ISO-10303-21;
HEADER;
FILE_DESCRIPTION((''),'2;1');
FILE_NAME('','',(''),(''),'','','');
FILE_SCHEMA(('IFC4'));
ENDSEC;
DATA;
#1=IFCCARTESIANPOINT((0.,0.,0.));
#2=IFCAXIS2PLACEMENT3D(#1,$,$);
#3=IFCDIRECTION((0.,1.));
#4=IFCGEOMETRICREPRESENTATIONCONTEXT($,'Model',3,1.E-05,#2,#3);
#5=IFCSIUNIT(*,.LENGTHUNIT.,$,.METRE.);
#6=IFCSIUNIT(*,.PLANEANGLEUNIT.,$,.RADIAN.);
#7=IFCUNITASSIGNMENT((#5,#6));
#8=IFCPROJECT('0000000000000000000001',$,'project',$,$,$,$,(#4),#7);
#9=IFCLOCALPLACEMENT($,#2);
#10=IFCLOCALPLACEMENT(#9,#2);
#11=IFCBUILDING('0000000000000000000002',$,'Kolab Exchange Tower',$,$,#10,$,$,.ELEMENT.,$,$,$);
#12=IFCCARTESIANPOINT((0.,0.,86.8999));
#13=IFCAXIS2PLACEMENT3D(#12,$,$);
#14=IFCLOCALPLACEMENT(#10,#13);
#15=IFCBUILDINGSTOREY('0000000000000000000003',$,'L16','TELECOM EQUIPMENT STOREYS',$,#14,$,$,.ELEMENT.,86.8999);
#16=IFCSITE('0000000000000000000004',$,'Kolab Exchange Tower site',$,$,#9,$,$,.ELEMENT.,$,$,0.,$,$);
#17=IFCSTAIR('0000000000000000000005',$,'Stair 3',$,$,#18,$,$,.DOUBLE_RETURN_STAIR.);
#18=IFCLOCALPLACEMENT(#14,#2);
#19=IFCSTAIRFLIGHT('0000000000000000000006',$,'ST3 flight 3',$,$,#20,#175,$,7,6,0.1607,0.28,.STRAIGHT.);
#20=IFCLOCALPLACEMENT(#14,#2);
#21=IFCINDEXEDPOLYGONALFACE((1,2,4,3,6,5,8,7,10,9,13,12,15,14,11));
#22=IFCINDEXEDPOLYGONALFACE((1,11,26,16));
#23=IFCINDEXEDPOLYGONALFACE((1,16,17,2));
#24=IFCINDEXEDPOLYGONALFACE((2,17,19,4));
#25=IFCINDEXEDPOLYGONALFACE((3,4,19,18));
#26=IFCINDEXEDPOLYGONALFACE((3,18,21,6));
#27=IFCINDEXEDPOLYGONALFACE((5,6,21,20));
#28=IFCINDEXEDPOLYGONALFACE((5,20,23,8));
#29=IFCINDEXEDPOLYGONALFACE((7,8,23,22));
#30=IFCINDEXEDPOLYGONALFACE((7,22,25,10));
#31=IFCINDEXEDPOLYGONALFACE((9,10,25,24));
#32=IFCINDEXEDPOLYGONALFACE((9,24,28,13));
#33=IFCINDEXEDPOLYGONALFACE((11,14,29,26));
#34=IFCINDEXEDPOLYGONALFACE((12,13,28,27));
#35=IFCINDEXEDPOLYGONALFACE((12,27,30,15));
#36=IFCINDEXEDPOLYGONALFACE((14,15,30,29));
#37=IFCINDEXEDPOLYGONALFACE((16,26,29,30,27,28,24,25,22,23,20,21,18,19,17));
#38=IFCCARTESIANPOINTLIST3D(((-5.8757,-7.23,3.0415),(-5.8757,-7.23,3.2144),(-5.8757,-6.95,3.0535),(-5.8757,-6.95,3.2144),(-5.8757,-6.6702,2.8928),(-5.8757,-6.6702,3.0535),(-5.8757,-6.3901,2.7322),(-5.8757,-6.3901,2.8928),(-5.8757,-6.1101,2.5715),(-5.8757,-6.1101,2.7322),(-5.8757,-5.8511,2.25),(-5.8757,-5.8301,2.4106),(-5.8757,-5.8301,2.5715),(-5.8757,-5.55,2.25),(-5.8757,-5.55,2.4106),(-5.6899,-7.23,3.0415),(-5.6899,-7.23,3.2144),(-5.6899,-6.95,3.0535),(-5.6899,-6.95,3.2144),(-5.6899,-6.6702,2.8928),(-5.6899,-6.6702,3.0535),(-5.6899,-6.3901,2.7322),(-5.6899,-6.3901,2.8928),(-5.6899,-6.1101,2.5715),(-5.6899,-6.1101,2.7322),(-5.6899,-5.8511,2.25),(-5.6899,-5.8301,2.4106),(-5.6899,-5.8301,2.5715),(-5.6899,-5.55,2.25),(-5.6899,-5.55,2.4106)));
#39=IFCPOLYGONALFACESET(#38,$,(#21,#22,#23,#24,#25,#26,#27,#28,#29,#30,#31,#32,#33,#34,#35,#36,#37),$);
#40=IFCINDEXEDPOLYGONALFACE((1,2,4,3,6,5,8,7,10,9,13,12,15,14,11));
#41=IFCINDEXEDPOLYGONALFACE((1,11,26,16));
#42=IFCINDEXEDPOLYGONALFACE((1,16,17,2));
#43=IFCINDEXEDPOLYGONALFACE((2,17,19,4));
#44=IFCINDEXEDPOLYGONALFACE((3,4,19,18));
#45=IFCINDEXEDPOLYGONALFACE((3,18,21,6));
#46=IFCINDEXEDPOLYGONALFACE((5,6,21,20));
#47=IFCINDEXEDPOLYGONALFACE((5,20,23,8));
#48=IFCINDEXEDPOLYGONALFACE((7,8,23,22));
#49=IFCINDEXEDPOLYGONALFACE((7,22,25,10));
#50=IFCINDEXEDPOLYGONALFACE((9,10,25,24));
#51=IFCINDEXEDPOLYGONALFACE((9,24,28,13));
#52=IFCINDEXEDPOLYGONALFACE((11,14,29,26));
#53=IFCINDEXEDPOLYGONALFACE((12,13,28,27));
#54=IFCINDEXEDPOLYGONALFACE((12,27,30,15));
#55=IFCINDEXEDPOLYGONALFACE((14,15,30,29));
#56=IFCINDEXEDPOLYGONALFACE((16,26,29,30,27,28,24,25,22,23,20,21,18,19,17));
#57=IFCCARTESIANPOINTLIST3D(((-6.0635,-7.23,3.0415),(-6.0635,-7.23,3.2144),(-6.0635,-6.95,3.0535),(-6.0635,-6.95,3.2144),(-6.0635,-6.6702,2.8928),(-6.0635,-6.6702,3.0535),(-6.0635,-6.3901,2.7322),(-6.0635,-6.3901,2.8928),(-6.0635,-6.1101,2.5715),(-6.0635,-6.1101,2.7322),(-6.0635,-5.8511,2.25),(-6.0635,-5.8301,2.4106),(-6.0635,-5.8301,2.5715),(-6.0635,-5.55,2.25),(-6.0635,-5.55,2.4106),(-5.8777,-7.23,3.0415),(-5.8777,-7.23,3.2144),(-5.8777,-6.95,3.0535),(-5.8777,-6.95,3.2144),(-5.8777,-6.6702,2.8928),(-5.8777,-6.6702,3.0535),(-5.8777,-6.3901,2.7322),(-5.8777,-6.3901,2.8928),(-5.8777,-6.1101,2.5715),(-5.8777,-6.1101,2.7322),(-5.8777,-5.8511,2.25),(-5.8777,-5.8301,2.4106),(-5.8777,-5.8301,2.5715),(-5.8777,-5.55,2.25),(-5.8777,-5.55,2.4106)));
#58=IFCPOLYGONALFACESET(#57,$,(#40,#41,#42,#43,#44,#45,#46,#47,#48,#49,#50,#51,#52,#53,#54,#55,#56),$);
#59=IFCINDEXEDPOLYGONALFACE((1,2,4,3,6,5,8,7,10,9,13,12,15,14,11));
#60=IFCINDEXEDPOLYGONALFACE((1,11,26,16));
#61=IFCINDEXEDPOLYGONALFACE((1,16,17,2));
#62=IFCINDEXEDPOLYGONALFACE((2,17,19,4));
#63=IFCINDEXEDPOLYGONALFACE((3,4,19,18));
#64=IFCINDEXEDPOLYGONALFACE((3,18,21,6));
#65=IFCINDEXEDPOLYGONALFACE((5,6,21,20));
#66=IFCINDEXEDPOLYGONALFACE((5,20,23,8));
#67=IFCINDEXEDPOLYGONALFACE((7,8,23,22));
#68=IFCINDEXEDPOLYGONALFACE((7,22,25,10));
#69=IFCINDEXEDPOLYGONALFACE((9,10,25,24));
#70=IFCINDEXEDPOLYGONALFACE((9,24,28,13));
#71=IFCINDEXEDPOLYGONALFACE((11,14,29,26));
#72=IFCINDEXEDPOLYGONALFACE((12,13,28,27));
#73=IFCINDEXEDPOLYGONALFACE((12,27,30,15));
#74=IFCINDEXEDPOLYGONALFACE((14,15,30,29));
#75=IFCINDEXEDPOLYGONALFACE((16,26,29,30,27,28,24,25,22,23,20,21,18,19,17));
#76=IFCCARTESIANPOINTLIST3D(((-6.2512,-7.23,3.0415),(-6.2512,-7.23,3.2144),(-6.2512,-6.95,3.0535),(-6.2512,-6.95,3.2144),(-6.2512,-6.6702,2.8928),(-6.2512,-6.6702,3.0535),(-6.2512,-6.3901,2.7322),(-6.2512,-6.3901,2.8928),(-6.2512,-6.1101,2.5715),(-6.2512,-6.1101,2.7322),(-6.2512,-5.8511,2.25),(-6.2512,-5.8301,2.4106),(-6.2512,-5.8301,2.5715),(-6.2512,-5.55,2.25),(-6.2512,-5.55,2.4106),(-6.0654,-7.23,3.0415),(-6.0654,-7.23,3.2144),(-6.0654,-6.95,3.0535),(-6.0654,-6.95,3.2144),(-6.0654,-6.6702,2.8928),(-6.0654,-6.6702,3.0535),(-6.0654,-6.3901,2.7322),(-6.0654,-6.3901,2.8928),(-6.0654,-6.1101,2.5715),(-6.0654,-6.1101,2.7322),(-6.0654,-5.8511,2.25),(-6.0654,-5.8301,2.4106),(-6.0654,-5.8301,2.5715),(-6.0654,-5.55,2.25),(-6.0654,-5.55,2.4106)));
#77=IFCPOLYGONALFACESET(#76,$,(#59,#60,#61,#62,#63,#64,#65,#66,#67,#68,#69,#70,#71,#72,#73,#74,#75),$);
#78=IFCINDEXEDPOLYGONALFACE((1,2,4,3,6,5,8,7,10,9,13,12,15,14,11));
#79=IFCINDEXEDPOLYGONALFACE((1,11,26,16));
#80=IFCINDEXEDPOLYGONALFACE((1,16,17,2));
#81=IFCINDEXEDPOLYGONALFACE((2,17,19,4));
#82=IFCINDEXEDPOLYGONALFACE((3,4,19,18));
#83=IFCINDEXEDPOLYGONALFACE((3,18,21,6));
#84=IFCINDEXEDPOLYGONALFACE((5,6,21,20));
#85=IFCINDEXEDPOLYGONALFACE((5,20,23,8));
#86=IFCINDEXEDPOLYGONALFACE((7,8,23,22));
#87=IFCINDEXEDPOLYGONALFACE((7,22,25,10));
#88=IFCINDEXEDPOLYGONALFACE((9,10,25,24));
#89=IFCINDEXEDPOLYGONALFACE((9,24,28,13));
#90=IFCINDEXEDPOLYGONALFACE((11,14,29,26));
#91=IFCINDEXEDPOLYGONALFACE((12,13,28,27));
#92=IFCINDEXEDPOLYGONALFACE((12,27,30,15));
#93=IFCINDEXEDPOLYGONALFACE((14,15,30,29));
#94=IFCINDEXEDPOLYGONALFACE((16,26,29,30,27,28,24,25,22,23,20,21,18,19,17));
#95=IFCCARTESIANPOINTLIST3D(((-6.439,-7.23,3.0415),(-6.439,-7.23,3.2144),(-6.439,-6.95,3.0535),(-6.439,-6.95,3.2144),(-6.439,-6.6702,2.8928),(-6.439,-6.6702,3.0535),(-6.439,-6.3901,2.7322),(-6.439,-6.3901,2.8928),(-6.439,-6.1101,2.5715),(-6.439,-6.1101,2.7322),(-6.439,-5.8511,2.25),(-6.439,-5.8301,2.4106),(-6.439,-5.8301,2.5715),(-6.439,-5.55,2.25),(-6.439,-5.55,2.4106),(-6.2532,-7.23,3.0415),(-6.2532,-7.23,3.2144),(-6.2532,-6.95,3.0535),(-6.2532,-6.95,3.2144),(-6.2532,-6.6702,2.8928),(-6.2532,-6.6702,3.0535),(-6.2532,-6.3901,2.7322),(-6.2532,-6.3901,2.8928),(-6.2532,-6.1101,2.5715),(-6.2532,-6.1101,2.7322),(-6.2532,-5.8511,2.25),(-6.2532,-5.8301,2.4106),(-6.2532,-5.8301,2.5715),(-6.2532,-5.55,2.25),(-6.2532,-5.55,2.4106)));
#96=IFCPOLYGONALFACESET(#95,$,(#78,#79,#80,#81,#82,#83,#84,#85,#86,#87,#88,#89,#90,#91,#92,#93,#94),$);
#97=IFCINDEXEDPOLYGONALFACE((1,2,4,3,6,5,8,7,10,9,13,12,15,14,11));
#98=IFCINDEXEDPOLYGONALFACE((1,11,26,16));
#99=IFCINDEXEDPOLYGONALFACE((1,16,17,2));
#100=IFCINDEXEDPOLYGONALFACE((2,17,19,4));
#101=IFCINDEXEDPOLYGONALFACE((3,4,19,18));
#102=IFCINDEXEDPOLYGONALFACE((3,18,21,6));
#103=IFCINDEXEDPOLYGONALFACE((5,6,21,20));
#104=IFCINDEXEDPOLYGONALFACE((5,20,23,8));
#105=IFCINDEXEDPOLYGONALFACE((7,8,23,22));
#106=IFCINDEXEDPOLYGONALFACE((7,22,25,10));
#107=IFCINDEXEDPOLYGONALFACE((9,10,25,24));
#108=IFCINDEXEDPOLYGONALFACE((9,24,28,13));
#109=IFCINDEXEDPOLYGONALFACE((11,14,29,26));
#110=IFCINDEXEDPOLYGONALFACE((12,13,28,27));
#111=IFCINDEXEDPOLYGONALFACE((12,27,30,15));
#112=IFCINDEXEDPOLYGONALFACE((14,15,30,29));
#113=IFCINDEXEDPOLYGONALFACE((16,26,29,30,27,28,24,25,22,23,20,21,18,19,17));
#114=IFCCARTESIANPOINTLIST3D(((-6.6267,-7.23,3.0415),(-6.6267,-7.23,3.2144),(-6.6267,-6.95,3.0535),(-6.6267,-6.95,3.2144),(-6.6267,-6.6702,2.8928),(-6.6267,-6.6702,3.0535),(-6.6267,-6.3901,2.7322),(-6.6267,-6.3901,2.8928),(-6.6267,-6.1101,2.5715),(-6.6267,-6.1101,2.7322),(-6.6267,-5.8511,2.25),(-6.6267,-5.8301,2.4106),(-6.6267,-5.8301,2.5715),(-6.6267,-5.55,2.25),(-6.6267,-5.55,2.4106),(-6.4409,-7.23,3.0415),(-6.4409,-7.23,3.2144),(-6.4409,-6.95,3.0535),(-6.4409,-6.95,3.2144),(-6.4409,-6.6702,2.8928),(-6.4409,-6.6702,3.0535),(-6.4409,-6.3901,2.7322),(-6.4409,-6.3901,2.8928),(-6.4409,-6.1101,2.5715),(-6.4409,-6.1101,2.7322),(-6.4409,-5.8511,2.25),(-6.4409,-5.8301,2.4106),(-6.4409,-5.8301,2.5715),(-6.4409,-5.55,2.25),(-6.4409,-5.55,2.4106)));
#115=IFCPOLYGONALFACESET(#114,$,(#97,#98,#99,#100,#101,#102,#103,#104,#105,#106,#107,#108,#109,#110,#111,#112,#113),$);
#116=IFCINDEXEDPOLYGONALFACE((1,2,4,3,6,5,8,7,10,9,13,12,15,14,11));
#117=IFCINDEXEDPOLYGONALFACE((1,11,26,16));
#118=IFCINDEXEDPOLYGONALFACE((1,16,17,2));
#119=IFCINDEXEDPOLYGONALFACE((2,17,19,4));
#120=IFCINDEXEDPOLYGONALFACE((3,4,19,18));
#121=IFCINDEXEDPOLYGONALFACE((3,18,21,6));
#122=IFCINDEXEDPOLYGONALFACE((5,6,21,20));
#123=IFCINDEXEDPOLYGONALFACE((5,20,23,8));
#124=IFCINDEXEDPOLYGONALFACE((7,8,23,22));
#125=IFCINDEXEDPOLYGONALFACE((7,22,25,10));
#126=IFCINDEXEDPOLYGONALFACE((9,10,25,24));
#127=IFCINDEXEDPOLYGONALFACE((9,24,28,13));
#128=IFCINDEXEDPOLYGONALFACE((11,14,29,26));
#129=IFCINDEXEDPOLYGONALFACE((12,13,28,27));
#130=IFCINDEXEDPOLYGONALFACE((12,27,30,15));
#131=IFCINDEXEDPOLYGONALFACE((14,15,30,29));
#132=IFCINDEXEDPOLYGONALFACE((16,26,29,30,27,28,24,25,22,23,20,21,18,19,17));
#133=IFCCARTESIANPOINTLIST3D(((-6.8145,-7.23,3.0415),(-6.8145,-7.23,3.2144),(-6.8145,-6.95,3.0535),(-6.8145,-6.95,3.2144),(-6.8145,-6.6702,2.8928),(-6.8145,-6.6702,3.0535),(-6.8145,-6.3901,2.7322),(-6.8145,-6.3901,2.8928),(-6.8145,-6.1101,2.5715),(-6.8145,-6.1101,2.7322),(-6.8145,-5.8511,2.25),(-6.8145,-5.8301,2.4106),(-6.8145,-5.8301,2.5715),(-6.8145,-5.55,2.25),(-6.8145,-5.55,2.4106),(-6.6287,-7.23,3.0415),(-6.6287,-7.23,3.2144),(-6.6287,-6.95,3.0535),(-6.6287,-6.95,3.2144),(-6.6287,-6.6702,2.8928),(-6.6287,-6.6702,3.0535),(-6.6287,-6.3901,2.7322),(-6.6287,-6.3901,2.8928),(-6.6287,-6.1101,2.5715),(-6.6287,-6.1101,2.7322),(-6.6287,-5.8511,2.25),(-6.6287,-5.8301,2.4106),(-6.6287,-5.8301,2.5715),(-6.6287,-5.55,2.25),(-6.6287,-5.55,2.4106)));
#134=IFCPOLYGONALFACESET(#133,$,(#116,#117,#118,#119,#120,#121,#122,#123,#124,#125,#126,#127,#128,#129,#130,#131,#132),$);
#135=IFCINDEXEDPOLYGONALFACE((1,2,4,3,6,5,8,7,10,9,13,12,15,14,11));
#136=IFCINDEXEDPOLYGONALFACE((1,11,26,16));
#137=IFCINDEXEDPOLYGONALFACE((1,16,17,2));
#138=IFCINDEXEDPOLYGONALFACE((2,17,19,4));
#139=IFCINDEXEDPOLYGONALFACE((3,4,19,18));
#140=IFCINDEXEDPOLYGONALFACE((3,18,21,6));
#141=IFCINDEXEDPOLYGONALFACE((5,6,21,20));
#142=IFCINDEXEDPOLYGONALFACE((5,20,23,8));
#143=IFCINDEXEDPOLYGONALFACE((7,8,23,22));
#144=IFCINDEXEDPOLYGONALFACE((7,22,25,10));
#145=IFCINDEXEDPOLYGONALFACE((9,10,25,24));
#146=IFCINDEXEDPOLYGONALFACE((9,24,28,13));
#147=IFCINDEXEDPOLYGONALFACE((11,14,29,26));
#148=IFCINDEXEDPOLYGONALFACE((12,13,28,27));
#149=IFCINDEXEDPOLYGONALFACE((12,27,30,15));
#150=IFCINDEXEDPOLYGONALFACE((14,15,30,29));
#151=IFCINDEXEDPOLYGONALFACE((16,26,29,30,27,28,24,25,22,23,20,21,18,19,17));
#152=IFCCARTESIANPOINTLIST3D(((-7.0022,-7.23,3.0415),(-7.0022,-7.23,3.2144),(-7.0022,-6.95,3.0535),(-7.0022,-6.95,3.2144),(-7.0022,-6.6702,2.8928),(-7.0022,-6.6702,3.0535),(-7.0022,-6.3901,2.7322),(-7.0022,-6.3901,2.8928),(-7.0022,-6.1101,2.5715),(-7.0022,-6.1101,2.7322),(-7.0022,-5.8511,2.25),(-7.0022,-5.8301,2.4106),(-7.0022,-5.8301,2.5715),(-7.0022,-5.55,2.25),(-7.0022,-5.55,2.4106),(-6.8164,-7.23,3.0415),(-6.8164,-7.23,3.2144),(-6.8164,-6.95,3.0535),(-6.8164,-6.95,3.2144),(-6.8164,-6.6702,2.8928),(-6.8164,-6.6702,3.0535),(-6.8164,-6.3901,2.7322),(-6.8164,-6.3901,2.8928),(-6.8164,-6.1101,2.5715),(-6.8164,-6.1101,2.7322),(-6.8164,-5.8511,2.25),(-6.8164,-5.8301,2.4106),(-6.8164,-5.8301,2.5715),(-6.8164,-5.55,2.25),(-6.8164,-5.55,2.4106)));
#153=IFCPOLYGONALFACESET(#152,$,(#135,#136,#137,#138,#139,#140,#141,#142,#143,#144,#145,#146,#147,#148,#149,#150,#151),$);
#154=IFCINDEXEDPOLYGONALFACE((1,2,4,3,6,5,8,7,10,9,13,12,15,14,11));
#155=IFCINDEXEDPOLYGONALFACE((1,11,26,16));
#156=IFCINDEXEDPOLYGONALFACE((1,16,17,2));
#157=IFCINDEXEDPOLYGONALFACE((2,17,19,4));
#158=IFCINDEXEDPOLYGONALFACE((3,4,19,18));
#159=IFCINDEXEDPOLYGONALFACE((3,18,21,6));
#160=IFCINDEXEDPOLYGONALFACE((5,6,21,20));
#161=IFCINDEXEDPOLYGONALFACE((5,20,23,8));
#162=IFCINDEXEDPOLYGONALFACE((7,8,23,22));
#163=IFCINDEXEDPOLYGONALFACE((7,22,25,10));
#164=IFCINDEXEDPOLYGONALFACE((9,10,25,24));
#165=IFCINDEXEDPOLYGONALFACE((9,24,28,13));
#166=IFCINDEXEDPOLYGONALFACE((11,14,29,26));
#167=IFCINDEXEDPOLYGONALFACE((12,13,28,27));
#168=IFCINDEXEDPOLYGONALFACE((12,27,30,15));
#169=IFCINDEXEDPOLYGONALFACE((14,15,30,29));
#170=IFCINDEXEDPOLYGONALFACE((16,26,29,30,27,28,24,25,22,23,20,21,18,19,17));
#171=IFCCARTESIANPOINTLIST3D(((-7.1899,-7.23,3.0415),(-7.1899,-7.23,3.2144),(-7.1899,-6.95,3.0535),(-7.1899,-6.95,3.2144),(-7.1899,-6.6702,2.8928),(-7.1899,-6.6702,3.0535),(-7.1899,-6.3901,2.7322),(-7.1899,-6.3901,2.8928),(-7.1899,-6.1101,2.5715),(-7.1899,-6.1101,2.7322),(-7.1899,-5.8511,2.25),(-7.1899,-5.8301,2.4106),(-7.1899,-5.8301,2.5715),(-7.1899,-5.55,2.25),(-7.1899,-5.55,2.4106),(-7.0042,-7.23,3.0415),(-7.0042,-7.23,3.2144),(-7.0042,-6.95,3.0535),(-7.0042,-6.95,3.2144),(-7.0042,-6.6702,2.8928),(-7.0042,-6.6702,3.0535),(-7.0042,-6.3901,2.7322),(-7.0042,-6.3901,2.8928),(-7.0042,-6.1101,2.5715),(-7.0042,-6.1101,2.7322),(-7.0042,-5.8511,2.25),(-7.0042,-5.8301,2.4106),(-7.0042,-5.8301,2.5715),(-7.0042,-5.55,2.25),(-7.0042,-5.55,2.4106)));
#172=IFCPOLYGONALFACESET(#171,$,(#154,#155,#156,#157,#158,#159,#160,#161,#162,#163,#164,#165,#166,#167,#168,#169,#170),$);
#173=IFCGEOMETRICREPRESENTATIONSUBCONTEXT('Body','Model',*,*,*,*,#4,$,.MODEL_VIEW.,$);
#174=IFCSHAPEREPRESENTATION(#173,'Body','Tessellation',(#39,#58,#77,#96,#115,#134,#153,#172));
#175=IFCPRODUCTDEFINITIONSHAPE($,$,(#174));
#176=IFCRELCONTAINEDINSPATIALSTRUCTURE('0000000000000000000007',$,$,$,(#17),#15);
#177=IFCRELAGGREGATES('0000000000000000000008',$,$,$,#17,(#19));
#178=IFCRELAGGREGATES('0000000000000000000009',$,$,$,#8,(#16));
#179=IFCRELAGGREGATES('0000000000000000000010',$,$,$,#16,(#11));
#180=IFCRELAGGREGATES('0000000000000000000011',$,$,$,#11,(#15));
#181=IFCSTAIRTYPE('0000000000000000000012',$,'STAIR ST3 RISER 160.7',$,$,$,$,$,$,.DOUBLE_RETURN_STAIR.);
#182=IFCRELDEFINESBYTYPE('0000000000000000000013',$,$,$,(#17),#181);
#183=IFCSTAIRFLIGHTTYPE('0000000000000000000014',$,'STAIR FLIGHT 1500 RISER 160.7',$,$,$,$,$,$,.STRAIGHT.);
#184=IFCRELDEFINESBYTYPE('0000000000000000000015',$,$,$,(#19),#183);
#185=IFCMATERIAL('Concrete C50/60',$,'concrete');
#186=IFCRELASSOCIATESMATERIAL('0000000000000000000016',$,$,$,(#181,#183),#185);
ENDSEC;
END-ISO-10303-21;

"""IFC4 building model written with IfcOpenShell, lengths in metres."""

from ifc_helpers import new_model, si_unit, direction, frame, origin, place, context, subcontext, project, spatial, polyline, outline, extrude, material, type_object, element, aggregate, save


model = new_model("IFC4")

# Units and contexts
model_context = context("Model", 3, precision=1e-05, world=origin(), true_north=direction((0.0, 1.0)))
body_context = subcontext(model_context, "Body", "Model", "MODEL_VIEW")
ifc_project = project(units=[si_unit("LENGTHUNIT", "METRE"), si_unit("PLANEANGLEUNIT", "RADIAN")], contexts=[model_context])

# Site, building, storey
site_placement = place(None, origin())
site = spatial("IfcSite", under=ifc_project, at=site_placement, Name="Kolab Exchange Tower site", CompositionType="ELEMENT", RefElevation=0.0)
building_placement = place(site_placement, origin())
building = spatial("IfcBuilding", under=site, at=building_placement, Name="Kolab Exchange Tower", CompositionType="ELEMENT")
storey_placement = place(building_placement, frame((0.0, 0.0, 86.8999)))
storey = spatial("IfcBuildingStorey", under=building, at=storey_placement, Name="L16", Description="TELECOM EQUIPMENT STOREYS", CompositionType="ELEMENT", Elevation=86.8999)

# Shared definitions
ifc_material_1 = material(Name="Concrete C50/60", Category="concrete")

# Stair, stair flight
stair_type = type_object("IfcStairType", Name="STAIR ST3 RISER 160.7", PredefinedType="DOUBLE_RETURN_STAIR", material=ifc_material_1)
stair_placement = place(storey_placement, origin())
stair = element("IfcStair", 1, at=stair_placement, inside=storey, type_object=stair_type, Name="Stair 3", PredefinedType="DOUBLE_RETURN_STAIR")
stair_flight_type = type_object("IfcStairFlightType", Name="STAIR FLIGHT 1500 RISER 160.7", PredefinedType="STRAIGHT", material=ifc_material_1)
stair_flight_1_placement = place(storey_placement, frame((-6.4399, -5.55, 2.25), z_axis=(0.0, 0.0, 1.0), x_axis=(0.0, -1.0, 0.0)))
stair_flight_1 = element("IfcStairFlight", 2, at=stair_flight_1_placement, type_object=stair_flight_type, Name="ST3 flight 3", NumberOfRisers=7, NumberOfTreads=6, PredefinedType="STRAIGHT", RiserHeight=0.1607, TreadLength=0.28, context=body_context, shape_type="SweptSolid", body=[
    extrude(outline(polyline([(0.0, 0.0), (0.0, 0.1606), (0.28, 0.1606), (0.28, 0.3215), (0.5601, 0.3215), (0.5601, 0.4822), (0.8401, 0.4822), (0.8401, 0.6428), (1.1201, 0.6428), (1.1201, 0.8035), (1.3999, 0.8035), (1.3999, 0.9644), (1.6799, 0.9644), (1.6799, 1.125), (1.6799, 0.7915), (0.301, 0.0), (0.0, 0.0)])), frame((0.0, 0.75, 0.0), z_axis=(0.0, -1.0, 0.0), x_axis=(1.0, 0.0, 0.0)), (0.0, 0.0, 1.0), 0.1858),
    extrude(outline(polyline([(0.0, 0.0), (0.0, 0.1606), (0.28, 0.1606), (0.28, 0.3215), (0.5601, 0.3215), (0.5601, 0.4822), (0.8401, 0.4822), (0.8401, 0.6428), (1.1201, 0.6428), (1.1201, 0.8035), (1.3999, 0.8035), (1.3999, 0.9644), (1.6799, 0.9644), (1.6799, 1.125), (1.6799, 0.7915), (0.301, 0.0), (0.0, 0.0)])), frame((0.0, 0.5623, 0.0), z_axis=(0.0, -1.0, 0.0), x_axis=(1.0, 0.0, 0.0)), (0.0, 0.0, 1.0), 0.1858),
    extrude(outline(polyline([(0.0, 0.0), (0.0, 0.1606), (0.28, 0.1606), (0.28, 0.3215), (0.5601, 0.3215), (0.5601, 0.4822), (0.8401, 0.4822), (0.8401, 0.6428), (1.1201, 0.6428), (1.1201, 0.8035), (1.3999, 0.8035), (1.3999, 0.9644), (1.6799, 0.9644), (1.6799, 1.125), (1.6799, 0.7915), (0.301, 0.0), (0.0, 0.0)])), frame((0.0, 0.3745, 0.0), z_axis=(0.0, -1.0, 0.0), x_axis=(1.0, 0.0, 0.0)), (0.0, 0.0, 1.0), 0.1858),
    extrude(outline(polyline([(0.0, 0.0), (0.0, 0.1606), (0.28, 0.1606), (0.28, 0.3215), (0.5601, 0.3215), (0.5601, 0.4822), (0.8401, 0.4822), (0.8401, 0.6428), (1.1201, 0.6428), (1.1201, 0.8035), (1.3999, 0.8035), (1.3999, 0.9644), (1.6799, 0.9644), (1.6799, 1.125), (1.6799, 0.7915), (0.301, 0.0), (0.0, 0.0)])), frame((0.0, 0.1868, 0.0), z_axis=(0.0, -1.0, 0.0), x_axis=(1.0, 0.0, 0.0)), (0.0, 0.0, 1.0), 0.1858),
    extrude(outline(polyline([(0.0, 0.0), (0.0, 0.1606), (0.28, 0.1606), (0.28, 0.3215), (0.5601, 0.3215), (0.5601, 0.4822), (0.8401, 0.4822), (0.8401, 0.6428), (1.1201, 0.6428), (1.1201, 0.8035), (1.3999, 0.8035), (1.3999, 0.9644), (1.6799, 0.9644), (1.6799, 1.125), (1.6799, 0.7915), (0.301, 0.0), (0.0, 0.0)])), frame((0.0, -0.001, 0.0), z_axis=(0.0, -1.0, 0.0), x_axis=(1.0, 0.0, 0.0)), (0.0, 0.0, 1.0), 0.1858),
    extrude(outline(polyline([(0.0, 0.0), (0.0, 0.1606), (0.28, 0.1606), (0.28, 0.3215), (0.5601, 0.3215), (0.5601, 0.4822), (0.8401, 0.4822), (0.8401, 0.6428), (1.1201, 0.6428), (1.1201, 0.8035), (1.3999, 0.8035), (1.3999, 0.9644), (1.6799, 0.9644), (1.6799, 1.125), (1.6799, 0.7915), (0.301, 0.0), (0.0, 0.0)])), frame((0.0, -0.1887, 0.0), z_axis=(0.0, -1.0, 0.0), x_axis=(1.0, 0.0, 0.0)), (0.0, 0.0, 1.0), 0.1858),
    extrude(outline(polyline([(0.0, 0.0), (0.0, 0.1606), (0.28, 0.1606), (0.28, 0.3215), (0.5601, 0.3215), (0.5601, 0.4822), (0.8401, 0.4822), (0.8401, 0.6428), (1.1201, 0.6428), (1.1201, 0.8035), (1.3999, 0.8035), (1.3999, 0.9644), (1.6799, 0.9644), (1.6799, 1.125), (1.6799, 0.7915), (0.301, 0.0), (0.0, 0.0)])), frame((0.0, -0.3765, 0.0), z_axis=(0.0, -1.0, 0.0), x_axis=(1.0, 0.0, 0.0)), (0.0, 0.0, 1.0), 0.1858),
    extrude(outline(polyline([(0.0, 0.0), (0.0, 0.1606), (0.28, 0.1606), (0.28, 0.3215), (0.5601, 0.3215), (0.5601, 0.4822), (0.8401, 0.4822), (0.8401, 0.6428), (1.1201, 0.6428), (1.1201, 0.8035), (1.3999, 0.8035), (1.3999, 0.9644), (1.6799, 0.9644), (1.6799, 1.125), (1.6799, 0.7915), (0.301, 0.0), (0.0, 0.0)])), frame((0.0, -0.5642, 0.0), z_axis=(0.0, -1.0, 0.0), x_axis=(1.0, 0.0, 0.0)), (0.0, 0.0, 1.0), 0.1858),
])
aggregate(stair, [stair_flight_1])

save(model, "model.ifc")
